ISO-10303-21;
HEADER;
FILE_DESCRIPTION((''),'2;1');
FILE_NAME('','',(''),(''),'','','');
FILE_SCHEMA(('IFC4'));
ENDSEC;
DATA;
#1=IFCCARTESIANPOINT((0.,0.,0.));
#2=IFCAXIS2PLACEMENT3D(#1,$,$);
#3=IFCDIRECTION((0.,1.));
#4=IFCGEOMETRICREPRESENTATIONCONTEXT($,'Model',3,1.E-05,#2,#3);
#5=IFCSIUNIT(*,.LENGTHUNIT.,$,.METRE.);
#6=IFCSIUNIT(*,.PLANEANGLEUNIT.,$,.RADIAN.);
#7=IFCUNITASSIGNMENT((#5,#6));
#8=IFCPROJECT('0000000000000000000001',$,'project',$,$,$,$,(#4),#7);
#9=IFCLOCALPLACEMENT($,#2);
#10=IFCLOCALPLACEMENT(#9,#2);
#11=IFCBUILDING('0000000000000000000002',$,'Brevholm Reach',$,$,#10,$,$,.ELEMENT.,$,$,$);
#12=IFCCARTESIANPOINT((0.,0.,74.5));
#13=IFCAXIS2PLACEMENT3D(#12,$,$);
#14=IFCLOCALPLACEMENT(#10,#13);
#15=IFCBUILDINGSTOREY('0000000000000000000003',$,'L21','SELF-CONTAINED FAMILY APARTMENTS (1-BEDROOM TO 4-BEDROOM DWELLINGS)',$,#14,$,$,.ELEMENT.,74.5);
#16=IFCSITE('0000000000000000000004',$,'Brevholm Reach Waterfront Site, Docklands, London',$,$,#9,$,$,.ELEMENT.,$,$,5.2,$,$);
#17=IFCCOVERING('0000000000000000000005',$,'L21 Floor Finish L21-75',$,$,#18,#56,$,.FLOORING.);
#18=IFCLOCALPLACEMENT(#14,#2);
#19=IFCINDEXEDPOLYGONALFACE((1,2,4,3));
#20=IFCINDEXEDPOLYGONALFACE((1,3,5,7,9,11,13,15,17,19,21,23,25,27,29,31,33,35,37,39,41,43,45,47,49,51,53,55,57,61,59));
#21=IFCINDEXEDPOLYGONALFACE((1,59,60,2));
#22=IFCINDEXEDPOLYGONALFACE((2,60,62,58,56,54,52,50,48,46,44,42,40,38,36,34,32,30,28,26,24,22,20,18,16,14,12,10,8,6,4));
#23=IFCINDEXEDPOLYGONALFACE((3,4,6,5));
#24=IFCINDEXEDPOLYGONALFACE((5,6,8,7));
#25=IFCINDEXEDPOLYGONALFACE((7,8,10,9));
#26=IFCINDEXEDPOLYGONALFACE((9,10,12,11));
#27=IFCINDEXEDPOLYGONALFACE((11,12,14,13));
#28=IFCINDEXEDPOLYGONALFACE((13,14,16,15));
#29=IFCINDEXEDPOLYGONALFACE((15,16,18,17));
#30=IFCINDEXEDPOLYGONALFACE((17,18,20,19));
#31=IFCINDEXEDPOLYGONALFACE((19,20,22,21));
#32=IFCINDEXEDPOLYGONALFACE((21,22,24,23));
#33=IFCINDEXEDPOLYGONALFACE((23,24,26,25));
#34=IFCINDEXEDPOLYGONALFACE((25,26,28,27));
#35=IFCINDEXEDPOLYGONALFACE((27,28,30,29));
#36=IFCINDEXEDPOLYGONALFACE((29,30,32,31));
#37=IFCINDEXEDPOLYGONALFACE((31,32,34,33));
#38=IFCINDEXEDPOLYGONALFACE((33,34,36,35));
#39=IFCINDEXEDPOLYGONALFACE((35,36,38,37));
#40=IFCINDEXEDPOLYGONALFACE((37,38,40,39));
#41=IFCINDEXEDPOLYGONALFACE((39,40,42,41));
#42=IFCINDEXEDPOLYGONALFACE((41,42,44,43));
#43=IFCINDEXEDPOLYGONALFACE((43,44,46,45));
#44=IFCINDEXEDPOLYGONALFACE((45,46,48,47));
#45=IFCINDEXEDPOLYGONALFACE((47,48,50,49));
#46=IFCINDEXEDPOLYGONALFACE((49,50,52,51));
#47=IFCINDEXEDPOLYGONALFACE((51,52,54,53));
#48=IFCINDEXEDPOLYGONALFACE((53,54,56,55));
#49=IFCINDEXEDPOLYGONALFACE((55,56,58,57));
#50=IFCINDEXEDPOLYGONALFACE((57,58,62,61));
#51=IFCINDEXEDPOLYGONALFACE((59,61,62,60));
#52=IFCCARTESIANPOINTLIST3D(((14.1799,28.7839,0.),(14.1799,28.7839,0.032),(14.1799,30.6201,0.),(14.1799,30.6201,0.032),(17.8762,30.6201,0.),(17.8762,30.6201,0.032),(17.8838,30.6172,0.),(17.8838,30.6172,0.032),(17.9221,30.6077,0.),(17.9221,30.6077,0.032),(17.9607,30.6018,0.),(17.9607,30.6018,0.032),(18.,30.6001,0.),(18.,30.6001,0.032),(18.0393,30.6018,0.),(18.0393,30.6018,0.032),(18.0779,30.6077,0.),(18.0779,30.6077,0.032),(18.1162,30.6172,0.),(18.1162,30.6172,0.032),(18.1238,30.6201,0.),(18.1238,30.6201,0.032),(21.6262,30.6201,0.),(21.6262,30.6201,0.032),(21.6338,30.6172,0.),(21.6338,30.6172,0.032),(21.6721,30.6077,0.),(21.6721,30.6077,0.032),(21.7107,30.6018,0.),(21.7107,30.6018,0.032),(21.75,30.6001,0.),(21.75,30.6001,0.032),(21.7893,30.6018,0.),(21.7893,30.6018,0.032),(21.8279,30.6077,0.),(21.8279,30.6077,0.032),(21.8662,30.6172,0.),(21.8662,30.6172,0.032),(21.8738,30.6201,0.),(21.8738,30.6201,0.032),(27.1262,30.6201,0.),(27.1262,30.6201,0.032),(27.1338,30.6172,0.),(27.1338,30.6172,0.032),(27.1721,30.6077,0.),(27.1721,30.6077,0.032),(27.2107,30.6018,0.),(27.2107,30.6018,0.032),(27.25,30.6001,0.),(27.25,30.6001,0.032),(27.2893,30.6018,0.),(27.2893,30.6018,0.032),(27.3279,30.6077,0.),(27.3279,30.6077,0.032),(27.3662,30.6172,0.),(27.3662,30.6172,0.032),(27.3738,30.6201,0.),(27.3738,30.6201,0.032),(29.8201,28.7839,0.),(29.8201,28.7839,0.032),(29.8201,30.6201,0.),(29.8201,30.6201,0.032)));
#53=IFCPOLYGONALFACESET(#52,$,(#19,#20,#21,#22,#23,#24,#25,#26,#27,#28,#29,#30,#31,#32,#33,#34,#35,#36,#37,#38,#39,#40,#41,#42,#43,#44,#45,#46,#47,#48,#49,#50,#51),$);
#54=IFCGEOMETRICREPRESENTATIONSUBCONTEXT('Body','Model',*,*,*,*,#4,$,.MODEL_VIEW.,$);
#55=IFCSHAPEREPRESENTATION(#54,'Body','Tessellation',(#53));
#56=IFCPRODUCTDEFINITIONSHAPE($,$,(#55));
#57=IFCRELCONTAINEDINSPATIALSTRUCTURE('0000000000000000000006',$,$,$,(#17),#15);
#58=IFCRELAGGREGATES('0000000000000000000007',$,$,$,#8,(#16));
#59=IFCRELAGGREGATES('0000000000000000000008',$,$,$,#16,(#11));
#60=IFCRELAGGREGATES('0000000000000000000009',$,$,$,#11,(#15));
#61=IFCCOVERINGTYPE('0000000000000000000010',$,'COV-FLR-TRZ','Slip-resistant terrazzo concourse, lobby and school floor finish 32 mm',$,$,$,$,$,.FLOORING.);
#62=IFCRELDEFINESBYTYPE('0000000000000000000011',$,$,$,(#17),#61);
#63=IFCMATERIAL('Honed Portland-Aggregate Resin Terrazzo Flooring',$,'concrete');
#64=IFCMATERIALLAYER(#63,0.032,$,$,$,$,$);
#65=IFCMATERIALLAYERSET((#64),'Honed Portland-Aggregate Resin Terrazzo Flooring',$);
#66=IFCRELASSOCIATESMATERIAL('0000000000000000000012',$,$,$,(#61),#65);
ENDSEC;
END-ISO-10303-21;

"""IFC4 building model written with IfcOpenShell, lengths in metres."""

from ifc_helpers import new_model, si_unit, direction, frame, origin, place, context, subcontext, project, spatial, polyline, outline, extrude, material, layer, layer_set, type_object, element, save


model = new_model("IFC4")

# Units and contexts
model_context = context("Model", 3, precision=1e-05, world=origin(), true_north=direction((0.0, 1.0)))
body_context = subcontext(model_context, "Body", "Model", "MODEL_VIEW")
ifc_project = project(units=[si_unit("LENGTHUNIT", "METRE"), si_unit("PLANEANGLEUNIT", "RADIAN")], contexts=[model_context])

# Site, building, storey
site_placement = place(None, origin())
site = spatial("IfcSite", under=ifc_project, at=site_placement, Name="Brevholm Reach Waterfront Site, Docklands, London", CompositionType="ELEMENT", RefElevation=5.2)
building_placement = place(site_placement, origin())
building = spatial("IfcBuilding", under=site, at=building_placement, Name="Brevholm Reach", CompositionType="ELEMENT")
storey_placement = place(building_placement, frame((0.0, 0.0, 74.5)))
storey = spatial("IfcBuildingStorey", under=building, at=storey_placement, Name="L21", Description="SELF-CONTAINED FAMILY APARTMENTS (1-BEDROOM TO 4-BEDROOM DWELLINGS)", CompositionType="ELEMENT", Elevation=74.5)

# Covering
ifc_material_1 = material(Name="Honed Portland-Aggregate Resin Terrazzo Flooring", Category="concrete")
ifc_layer_1 = layer(ifc_material_1, 0.032)
ifc_layer_set_1 = layer_set([ifc_layer_1], Name="Honed Portland-Aggregate Resin Terrazzo Flooring")
covering_type_1 = type_object("IfcCoveringType", Name="COV-FLR-TRZ", Description="Slip-resistant terrazzo concourse, lobby and school floor finish 32 mm", PredefinedType="FLOORING", material=ifc_layer_set_1)
covering_1_placement = place(storey_placement, origin())
element("IfcCovering", 1, at=covering_1_placement, inside=storey, type_object=covering_type_1, Name="L21 Floor Finish L21-75", PredefinedType="FLOORING", context=body_context, shape_type="SweptSolid", body=[
    extrude(outline(polyline([(14.1799, 30.6201), (17.8762, 30.6201), (17.8838, 30.6172), (17.9221, 30.6077), (17.9607, 30.6018), (18.0, 30.6001), (18.0393, 30.6018), (18.0779, 30.6077), (18.1162, 30.6172), (18.1238, 30.6201), (21.6262, 30.6201), (21.6338, 30.6172), (21.6721, 30.6077), (21.7107, 30.6018), (21.75, 30.6001), (21.7893, 30.6018), (21.8279, 30.6077), (21.8662, 30.6172), (21.8738, 30.6201), (27.1262, 30.6201), (27.1338, 30.6172), (27.1721, 30.6077), (27.2107, 30.6018), (27.25, 30.6001), (27.2893, 30.6018), (27.3279, 30.6077), (27.3662, 30.6172), (27.3738, 30.6201), (29.8201, 30.6201), (29.8201, 28.7839), (14.1799, 28.7839), (14.1799, 30.6201)])), origin(), (0.0, 0.0, 1.0), 0.032),
])

save(model, "model.ifc")
